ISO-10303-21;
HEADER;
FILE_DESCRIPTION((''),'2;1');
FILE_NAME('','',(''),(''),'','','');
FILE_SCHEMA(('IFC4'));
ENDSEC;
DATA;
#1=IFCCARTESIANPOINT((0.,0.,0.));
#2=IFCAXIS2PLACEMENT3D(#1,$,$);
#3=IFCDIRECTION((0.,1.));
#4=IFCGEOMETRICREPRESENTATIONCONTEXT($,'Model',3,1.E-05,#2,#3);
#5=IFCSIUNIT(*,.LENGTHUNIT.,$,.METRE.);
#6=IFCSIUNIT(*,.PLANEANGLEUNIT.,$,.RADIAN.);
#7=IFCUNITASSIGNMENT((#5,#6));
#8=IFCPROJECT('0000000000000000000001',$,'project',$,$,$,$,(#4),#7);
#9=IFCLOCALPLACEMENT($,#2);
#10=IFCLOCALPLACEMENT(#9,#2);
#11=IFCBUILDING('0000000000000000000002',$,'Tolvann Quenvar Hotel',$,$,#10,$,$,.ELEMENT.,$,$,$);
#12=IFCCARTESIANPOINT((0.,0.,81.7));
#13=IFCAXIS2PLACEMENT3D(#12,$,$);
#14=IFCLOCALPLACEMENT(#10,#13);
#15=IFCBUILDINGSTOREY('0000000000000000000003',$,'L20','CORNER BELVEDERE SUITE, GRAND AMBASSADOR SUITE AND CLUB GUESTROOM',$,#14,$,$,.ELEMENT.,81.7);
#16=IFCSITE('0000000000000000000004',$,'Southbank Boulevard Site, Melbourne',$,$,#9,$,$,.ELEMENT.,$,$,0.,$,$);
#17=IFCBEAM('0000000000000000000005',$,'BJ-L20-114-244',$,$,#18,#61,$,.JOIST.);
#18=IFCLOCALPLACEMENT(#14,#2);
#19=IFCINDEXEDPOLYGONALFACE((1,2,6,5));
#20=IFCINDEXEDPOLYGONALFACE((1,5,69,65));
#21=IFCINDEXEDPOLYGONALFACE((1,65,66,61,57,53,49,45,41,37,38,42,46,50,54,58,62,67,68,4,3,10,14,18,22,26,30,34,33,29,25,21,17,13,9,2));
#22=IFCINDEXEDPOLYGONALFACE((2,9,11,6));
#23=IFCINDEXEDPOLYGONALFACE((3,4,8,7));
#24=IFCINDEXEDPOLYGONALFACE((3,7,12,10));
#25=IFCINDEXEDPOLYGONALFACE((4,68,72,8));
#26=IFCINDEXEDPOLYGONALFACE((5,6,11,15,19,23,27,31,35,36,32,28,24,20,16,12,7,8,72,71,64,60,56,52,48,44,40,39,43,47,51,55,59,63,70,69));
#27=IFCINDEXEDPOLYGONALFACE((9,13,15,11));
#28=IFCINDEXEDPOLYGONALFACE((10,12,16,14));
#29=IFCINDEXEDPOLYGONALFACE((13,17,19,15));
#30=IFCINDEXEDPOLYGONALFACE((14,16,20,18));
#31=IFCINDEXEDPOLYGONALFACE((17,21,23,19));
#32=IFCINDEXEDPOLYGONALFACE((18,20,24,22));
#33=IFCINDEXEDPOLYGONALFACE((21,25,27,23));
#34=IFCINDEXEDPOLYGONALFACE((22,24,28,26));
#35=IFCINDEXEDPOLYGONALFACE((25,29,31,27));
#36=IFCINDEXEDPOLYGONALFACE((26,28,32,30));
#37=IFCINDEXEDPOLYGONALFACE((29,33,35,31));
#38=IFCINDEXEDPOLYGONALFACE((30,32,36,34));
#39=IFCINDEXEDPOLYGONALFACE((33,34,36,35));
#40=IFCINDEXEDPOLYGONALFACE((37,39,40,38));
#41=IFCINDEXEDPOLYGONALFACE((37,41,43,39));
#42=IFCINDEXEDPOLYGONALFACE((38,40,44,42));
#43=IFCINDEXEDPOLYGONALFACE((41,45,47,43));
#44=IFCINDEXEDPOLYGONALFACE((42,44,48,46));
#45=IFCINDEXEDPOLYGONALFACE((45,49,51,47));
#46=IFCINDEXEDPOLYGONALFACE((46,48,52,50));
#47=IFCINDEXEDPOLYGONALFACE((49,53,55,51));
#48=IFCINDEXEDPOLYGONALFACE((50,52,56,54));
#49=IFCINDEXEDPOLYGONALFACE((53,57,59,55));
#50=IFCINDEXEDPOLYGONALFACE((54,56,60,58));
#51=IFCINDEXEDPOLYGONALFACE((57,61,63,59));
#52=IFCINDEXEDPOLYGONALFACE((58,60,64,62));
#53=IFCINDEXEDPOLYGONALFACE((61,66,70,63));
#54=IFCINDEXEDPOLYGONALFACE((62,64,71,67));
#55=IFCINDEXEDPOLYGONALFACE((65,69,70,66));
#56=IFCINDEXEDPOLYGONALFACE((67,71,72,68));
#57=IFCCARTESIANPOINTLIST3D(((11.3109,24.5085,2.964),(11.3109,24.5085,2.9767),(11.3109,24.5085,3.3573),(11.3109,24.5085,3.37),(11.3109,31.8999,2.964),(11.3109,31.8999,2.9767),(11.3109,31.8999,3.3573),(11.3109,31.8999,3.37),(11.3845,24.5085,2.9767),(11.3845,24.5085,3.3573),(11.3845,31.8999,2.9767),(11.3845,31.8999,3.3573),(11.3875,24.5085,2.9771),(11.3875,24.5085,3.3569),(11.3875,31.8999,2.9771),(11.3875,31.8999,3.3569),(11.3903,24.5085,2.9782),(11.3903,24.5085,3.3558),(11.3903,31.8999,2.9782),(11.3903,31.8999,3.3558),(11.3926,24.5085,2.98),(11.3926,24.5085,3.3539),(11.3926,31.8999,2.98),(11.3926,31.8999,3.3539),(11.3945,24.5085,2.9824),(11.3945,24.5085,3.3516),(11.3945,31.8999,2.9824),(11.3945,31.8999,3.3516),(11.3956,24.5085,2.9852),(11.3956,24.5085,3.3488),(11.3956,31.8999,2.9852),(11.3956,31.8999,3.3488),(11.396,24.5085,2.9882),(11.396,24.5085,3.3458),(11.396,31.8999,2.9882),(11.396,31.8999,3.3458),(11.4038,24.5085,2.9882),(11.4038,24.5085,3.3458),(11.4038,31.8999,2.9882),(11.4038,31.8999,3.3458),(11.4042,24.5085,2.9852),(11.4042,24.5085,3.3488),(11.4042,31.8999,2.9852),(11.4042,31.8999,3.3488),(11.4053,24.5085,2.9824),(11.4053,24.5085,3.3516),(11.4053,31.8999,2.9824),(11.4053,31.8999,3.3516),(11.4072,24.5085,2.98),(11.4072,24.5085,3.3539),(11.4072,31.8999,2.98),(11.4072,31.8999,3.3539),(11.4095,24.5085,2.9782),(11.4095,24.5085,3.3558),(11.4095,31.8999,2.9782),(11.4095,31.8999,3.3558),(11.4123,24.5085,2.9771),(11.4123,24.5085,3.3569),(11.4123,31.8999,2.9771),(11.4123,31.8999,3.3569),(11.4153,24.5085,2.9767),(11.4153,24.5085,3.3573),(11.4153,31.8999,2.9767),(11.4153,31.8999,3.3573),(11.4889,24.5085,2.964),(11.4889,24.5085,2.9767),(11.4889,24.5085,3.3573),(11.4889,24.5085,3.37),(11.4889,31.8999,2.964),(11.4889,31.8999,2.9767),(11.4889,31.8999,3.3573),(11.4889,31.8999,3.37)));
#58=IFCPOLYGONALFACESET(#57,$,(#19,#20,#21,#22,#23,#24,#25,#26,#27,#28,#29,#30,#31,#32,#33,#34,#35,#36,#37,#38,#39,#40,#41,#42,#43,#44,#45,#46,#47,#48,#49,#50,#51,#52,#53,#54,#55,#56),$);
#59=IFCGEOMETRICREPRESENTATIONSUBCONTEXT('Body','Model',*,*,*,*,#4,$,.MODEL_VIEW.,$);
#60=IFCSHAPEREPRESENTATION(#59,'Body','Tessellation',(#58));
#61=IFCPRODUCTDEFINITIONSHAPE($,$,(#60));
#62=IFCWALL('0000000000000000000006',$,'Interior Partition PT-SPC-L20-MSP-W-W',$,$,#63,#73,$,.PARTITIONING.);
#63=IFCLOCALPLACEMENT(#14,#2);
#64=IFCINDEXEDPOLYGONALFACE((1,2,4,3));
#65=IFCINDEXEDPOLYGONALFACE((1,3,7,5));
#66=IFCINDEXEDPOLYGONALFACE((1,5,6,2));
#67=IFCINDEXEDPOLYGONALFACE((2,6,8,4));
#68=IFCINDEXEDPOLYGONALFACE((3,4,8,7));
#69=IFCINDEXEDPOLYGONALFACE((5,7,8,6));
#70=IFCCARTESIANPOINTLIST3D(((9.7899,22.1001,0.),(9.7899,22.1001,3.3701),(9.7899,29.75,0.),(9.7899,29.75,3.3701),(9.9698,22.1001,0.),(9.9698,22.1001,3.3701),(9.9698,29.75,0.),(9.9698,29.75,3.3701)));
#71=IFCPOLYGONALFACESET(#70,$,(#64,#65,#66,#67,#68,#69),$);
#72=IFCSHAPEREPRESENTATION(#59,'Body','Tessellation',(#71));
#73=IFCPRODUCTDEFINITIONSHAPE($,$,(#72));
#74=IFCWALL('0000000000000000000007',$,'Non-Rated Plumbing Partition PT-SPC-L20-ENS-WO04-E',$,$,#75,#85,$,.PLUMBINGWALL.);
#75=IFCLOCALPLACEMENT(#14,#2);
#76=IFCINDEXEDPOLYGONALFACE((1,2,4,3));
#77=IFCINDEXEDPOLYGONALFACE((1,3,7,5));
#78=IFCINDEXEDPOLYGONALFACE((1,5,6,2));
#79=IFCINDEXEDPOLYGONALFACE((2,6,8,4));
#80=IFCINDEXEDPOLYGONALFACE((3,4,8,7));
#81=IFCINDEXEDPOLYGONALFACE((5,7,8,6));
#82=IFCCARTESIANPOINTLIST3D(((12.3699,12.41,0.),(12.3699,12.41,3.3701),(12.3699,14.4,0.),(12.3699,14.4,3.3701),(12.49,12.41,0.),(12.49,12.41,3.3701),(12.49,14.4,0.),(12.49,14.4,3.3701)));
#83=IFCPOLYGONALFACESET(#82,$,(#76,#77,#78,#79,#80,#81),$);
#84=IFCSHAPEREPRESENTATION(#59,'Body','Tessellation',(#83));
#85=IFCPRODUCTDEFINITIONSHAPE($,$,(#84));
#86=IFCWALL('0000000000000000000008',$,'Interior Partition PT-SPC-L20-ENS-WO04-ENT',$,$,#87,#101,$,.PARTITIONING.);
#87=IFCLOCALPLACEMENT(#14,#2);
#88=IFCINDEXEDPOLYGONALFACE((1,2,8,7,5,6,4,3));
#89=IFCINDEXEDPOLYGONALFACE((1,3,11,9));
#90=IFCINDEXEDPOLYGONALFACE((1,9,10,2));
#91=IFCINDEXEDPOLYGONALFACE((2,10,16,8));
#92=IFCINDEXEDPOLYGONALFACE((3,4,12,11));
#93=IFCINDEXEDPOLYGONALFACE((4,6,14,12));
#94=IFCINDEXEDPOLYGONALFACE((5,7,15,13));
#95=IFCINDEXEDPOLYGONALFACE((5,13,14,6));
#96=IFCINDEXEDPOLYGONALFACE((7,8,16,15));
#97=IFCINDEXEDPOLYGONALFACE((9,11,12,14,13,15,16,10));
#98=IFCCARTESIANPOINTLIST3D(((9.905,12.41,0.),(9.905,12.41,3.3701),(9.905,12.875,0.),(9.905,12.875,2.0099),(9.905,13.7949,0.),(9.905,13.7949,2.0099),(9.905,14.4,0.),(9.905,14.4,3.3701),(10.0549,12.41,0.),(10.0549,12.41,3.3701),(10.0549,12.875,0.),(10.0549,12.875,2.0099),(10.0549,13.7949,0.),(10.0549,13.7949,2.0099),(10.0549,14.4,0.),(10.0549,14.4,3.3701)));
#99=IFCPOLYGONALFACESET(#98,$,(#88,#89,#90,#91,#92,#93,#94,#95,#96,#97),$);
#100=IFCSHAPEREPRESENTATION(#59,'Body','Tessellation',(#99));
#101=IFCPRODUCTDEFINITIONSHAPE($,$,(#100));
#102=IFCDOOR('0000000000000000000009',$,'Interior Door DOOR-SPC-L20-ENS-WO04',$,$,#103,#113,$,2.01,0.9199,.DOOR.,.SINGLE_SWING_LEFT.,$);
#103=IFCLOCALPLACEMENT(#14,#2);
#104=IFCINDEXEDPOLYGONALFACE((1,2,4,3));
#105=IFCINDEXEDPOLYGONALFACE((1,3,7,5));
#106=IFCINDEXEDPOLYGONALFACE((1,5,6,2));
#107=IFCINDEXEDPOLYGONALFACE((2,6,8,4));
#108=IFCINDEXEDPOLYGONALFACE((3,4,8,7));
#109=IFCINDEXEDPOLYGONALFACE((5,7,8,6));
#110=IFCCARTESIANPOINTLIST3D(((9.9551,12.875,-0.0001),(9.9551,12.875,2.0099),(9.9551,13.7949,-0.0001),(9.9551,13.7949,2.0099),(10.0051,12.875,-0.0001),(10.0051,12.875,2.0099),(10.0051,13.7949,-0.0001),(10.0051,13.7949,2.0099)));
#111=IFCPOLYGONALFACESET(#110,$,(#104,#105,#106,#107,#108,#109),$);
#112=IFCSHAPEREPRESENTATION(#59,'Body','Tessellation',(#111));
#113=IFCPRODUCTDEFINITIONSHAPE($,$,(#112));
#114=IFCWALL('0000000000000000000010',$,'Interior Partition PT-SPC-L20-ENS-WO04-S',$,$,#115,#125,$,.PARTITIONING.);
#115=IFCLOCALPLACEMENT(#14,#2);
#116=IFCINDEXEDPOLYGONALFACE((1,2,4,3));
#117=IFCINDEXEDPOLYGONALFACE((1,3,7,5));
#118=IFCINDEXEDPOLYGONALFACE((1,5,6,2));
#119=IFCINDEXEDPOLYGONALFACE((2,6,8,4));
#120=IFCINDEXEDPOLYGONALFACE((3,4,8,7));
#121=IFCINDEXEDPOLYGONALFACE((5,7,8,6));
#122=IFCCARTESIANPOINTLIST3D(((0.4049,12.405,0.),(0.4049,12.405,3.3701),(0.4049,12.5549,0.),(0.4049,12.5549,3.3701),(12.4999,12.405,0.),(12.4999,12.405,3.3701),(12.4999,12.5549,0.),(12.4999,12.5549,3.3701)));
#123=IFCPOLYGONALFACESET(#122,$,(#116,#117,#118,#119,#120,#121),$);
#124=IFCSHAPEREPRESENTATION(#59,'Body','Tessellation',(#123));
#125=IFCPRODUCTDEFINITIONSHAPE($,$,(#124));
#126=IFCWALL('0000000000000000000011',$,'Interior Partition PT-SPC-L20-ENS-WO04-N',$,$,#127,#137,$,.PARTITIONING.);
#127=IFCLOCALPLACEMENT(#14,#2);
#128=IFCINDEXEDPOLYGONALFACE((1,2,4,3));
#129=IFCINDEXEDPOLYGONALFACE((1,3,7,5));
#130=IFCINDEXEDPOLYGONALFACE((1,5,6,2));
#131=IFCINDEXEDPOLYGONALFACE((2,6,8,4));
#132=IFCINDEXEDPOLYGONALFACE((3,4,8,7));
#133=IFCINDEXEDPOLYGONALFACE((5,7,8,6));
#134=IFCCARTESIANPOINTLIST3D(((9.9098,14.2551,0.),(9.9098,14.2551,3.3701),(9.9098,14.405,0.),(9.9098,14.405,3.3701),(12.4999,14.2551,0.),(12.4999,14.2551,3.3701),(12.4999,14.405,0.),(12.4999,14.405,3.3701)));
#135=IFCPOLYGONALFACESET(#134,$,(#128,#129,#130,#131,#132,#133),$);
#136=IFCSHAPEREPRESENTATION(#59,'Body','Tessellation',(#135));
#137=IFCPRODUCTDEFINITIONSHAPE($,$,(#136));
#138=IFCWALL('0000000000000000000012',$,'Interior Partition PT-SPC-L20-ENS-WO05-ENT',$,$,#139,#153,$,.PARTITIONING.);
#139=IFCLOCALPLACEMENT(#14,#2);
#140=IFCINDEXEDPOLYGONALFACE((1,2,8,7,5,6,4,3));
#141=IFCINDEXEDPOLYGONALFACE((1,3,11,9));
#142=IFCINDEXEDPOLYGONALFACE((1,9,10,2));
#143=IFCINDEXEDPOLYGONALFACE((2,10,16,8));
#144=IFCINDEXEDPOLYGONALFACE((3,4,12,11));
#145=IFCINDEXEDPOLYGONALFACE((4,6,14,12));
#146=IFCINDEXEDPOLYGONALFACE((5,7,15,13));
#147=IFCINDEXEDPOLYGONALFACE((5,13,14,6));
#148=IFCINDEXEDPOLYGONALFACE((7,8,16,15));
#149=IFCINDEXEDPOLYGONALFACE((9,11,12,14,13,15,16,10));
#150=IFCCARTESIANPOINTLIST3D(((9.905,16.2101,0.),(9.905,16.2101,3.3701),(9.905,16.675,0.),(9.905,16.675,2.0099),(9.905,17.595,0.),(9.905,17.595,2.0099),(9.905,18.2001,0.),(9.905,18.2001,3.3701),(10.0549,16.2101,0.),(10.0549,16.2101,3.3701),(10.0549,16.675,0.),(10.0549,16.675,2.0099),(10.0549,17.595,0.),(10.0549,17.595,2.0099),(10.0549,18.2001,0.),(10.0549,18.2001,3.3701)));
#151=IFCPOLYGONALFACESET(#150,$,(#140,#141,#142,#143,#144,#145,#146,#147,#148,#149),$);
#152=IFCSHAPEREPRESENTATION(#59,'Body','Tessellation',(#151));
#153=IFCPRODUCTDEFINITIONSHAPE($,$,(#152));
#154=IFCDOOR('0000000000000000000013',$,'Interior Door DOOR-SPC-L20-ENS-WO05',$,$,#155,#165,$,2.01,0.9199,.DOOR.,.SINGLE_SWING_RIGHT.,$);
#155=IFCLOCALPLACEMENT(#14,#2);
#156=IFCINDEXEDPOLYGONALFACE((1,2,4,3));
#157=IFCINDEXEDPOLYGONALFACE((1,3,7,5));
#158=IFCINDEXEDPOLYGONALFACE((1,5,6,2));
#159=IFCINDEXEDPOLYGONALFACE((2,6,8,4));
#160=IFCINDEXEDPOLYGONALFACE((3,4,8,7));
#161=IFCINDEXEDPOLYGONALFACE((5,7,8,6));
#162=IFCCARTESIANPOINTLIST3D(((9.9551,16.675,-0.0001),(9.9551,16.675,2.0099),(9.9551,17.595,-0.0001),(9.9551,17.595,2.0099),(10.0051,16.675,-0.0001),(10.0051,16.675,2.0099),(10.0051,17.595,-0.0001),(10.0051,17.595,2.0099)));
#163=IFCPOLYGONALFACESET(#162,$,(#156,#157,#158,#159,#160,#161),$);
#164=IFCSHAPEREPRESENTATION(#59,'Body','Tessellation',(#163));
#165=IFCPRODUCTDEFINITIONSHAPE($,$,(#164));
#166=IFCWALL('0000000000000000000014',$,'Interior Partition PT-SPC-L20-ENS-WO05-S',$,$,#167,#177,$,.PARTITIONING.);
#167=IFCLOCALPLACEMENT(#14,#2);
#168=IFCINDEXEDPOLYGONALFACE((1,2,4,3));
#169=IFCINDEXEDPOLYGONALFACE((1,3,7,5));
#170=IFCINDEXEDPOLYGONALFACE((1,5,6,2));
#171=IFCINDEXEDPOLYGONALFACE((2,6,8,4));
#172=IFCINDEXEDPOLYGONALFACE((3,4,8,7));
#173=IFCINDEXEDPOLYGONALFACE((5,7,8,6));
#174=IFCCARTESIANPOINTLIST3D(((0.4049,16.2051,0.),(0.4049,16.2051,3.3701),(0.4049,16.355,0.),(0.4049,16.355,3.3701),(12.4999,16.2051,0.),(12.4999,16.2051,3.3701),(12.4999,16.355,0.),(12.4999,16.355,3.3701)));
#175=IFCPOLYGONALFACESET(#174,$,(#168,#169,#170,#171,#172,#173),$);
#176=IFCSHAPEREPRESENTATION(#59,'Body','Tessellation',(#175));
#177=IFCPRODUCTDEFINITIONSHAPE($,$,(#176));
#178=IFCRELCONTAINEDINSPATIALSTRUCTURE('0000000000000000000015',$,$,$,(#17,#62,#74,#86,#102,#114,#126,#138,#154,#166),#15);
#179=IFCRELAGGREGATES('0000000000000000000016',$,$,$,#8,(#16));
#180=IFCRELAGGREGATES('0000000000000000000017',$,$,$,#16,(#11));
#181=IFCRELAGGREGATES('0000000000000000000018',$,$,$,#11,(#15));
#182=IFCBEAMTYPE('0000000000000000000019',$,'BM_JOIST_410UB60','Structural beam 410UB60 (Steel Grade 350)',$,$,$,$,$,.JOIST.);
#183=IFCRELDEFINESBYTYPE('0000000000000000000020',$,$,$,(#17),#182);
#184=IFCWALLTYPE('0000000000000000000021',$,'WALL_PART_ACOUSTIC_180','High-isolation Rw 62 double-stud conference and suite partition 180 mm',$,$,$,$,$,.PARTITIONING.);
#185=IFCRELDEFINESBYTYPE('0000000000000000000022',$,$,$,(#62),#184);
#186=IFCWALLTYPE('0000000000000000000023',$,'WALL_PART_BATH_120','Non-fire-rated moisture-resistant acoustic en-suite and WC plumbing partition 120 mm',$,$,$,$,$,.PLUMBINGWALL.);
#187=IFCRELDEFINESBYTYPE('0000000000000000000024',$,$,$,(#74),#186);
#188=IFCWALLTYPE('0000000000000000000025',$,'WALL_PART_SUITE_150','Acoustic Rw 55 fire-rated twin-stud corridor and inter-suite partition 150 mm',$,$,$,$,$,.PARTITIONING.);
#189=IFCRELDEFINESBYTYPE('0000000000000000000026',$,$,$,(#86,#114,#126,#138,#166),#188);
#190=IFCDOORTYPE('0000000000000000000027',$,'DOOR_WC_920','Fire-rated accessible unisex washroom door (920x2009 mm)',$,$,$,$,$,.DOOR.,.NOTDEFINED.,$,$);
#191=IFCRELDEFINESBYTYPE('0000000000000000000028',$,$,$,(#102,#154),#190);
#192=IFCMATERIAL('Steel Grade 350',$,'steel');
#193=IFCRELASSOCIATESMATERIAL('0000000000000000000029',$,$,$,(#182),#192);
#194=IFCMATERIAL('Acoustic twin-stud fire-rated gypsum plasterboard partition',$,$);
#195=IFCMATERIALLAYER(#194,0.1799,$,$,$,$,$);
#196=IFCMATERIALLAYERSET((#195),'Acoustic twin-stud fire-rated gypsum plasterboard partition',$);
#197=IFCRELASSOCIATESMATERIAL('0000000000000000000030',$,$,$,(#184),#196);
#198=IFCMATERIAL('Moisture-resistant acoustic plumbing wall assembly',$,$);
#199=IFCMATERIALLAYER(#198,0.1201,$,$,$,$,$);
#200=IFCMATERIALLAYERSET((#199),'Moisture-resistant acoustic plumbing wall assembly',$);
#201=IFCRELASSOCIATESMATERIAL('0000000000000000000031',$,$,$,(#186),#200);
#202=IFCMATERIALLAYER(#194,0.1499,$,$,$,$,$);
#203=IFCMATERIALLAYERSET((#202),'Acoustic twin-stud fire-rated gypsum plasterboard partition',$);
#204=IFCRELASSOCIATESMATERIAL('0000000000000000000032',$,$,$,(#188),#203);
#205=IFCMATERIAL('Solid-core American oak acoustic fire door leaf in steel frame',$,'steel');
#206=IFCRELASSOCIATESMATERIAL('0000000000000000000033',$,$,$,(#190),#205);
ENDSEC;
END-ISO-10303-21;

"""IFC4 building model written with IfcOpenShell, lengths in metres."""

from ifc_helpers import new_model, si_unit, direction, frame, frame_2d, origin, origin_2d, place, context, subcontext, project, spatial, rectangle, i_section, extrude, source, transform, mapped, material, layer, layer_set, material_profile, profile_set, type_object, type_shapes, element, fill, save


model = new_model("IFC4")

# Units and contexts
model_context = context("Model", 3, precision=1e-05, world=origin(), true_north=direction((0.0, 1.0)))
body_context = subcontext(model_context, "Body", "Model", "MODEL_VIEW")
ifc_project = project(units=[si_unit("LENGTHUNIT", "METRE"), si_unit("PLANEANGLEUNIT", "RADIAN")], contexts=[model_context])

# Site, building, storey
site_placement = place(None, origin())
site = spatial("IfcSite", under=ifc_project, at=site_placement, Name="Southbank Boulevard Site, Melbourne", CompositionType="ELEMENT", RefElevation=0.0)
building_placement = place(site_placement, origin())
building = spatial("IfcBuilding", under=site, at=building_placement, Name="Tolvann Quenvar Hotel", CompositionType="ELEMENT")
storey_placement = place(building_placement, frame((0.0, 0.0, 81.7)))
storey = spatial("IfcBuildingStorey", under=building, at=storey_placement, Name="L20", Description="CORNER BELVEDERE SUITE, GRAND AMBASSADOR SUITE AND CLUB GUESTROOM", CompositionType="ELEMENT", Elevation=81.7)

# Shared definitions
ifc_material_1 = material(Name="Steel Grade 350", Category="steel")

# Beam
ifc_material_profile_1 = material_profile(ifc_material_1, i_section(OverallWidth=0.178, OverallDepth=0.406, WebThickness=0.0078, FlangeThickness=0.0127, FilletRadius=0.0115, at=origin_2d()), Name="410UB60")
ifc_profile_set_1 = profile_set([ifc_material_profile_1], Name="Steel Grade 350")
beam_type_1 = type_object("IfcBeamType", Name="BM_JOIST_410UB60", Description="Structural beam 410UB60 (Steel Grade 350)", PredefinedType="JOIST", material=ifc_profile_set_1)
shared_shape_1 = source(origin(), body_context, "Body", "SweptSolid", [
    extrude(i_section(OverallWidth=0.178, OverallDepth=0.406, WebThickness=0.0078, FlangeThickness=0.0127, FilletRadius=0.0115, at=origin_2d()), origin(), (0.0, 0.0, 1.0), 7.3914),
])
beam_1_placement = place(storey_placement, frame((11.3999, 24.5085, 3.167), z_axis=(0.0, 1.0, 0.0), x_axis=(-1.0, 0.0, 0.0)))
element("IfcBeam", 1, at=beam_1_placement, inside=storey, type_object=beam_type_1, Name="BJ-L20-114-244", PredefinedType="JOIST", context=body_context, shape_type="MappedRepresentation", body=[
    mapped(shared_shape_1, transform((0.0, 0.0, 0.0), x_axis=(1.0, 0.0, 0.0), y_axis=(0.0, 1.0, 0.0), z_axis=(0.0, 0.0, 1.0), scale=1.0)),
])

# Shared definitions
ifc_material_2 = material(Name="Acoustic twin-stud fire-rated gypsum plasterboard partition")
ifc_layer_1 = layer(ifc_material_2, 0.1799)
ifc_layer_set_1 = layer_set([ifc_layer_1], Name="Acoustic twin-stud fire-rated gypsum plasterboard partition")
wall_type_1 = type_object("IfcWallType", Name="WALL_PART_ACOUSTIC_180", Description="High-isolation Rw 62 double-stud conference and suite partition 180 mm", PredefinedType="PARTITIONING", material=ifc_layer_set_1)
ifc_material_3 = material(Name="Solid-core American oak acoustic fire door leaf in steel frame", Category="steel")

# Walls
wall_1_placement = place(storey_placement, frame((9.8799, 22.1001, 0.0), z_axis=(0.0, 0.0, 1.0), x_axis=(0.0, 1.0, 0.0)))
element("IfcWall", 2, at=wall_1_placement, inside=storey, type_object=wall_type_1, Name="Interior Partition PT-SPC-L20-MSP-W-W", PredefinedType="PARTITIONING", context=body_context, shape_type="SweptSolid", body=[
    extrude(rectangle(XDim=7.6499, YDim=0.1799, at=frame_2d((3.825, 0.0))), origin(), (0.0, 0.0, 1.0), 3.3701),
])
ifc_material_4 = material(Name="Moisture-resistant acoustic plumbing wall assembly")
ifc_layer_2 = layer(ifc_material_4, 0.1201)
ifc_layer_set_2 = layer_set([ifc_layer_2], Name="Moisture-resistant acoustic plumbing wall assembly")
wall_type_2 = type_object("IfcWallType", Name="WALL_PART_BATH_120", Description="Non-fire-rated moisture-resistant acoustic en-suite and WC plumbing partition 120 mm", PredefinedType="PLUMBINGWALL", material=ifc_layer_set_2)
wall_2_placement = place(storey_placement, frame((12.4299, 12.4099, 0.0), z_axis=(0.0, 0.0, 1.0), x_axis=(0.0, 1.0, 0.0)))
element("IfcWall", 3, at=wall_2_placement, inside=storey, type_object=wall_type_2, Name="Non-Rated Plumbing Partition PT-SPC-L20-ENS-WO04-E", PredefinedType="PLUMBINGWALL", context=body_context, shape_type="SweptSolid", body=[
    extrude(rectangle(XDim=1.99, YDim=0.1201, at=frame_2d((0.9951, 0.0))), origin(), (0.0, 0.0, 1.0), 3.3701),
])

# Wall, opening, door
ifc_layer_3 = layer(ifc_material_2, 0.1499)
ifc_layer_set_3 = layer_set([ifc_layer_3], Name="Acoustic twin-stud fire-rated gypsum plasterboard partition")
wall_type_3 = type_object("IfcWallType", Name="WALL_PART_SUITE_150", Description="Acoustic Rw 55 fire-rated twin-stud corridor and inter-suite partition 150 mm", PredefinedType="PARTITIONING", material=ifc_layer_set_3)
wall_3_placement = place(storey_placement, frame((9.98, 12.4099, 0.0), z_axis=(0.0, 0.0, 1.0), x_axis=(0.0, 1.0, 0.0)))
wall_3 = element("IfcWall", 4, at=wall_3_placement, inside=storey, type_object=wall_type_3, Name="Interior Partition PT-SPC-L20-ENS-WO04-ENT", PredefinedType="PARTITIONING", context=body_context, shape_type="SweptSolid", body=[
    extrude(rectangle(XDim=1.99, YDim=0.1499, at=frame_2d((0.9951, 0.0))), origin(), (0.0, 0.0, 1.0), 3.3701),
])
opening_1_placement = place(wall_3_placement, frame((0.4651, 0.0, 0.0)))
opening_1 = element("IfcOpeningElement", 5, at=opening_1_placement, cuts=wall_3, PredefinedType="OPENING", context=body_context, shape_type="SweptSolid", body=[
    extrude(rectangle(XDim=0.9199, YDim=2.01, at=frame_2d((0.46, 1.0049))), frame((0.0, 0.085, 0.0), z_axis=(0.0, -1.0, 0.0), x_axis=(1.0, 0.0, 0.0)), (0.0, 0.0, 1.0), 0.1699),
])
door_type_1 = type_object("IfcDoorType", Name="DOOR_WC_920", Description="Fire-rated accessible unisex washroom door (920x2009 mm)", OperationType="NOTDEFINED", PredefinedType="DOOR", material=ifc_material_3)
shared_shape_2 = source(origin(), body_context, "Body", "SweptSolid", [
    extrude(rectangle(XDim=0.9199, YDim=2.01, at=frame_2d((0.46, 1.0049))), frame((0.0, 0.0249, 0.0), z_axis=(0.0, -1.0, 0.0), x_axis=(1.0, 0.0, 0.0)), (0.0, 0.0, 1.0), 0.05),
])
type_shapes(door_type_1, [shared_shape_2])
door_1_placement = place(opening_1_placement, origin())
door_1 = element("IfcDoor", 6, at=door_1_placement, inside=storey, type_object=door_type_1, Name="Interior Door DOOR-SPC-L20-ENS-WO04", OperationType="SINGLE_SWING_LEFT", OverallHeight=2.01, OverallWidth=0.9199, PredefinedType="DOOR", context=body_context, shape_type="MappedRepresentation", body=[
    mapped(shared_shape_2, transform((0.0, 0.0, 0.0), x_axis=(1.0, 0.0, 0.0), y_axis=(0.0, 1.0, 0.0), z_axis=(0.0, 0.0, 1.0), scale=1.0)),
])
fill(opening_1, door_1)

# Walls
wall_4_placement = place(storey_placement, frame((0.405, 12.48, 0.0), z_axis=(0.0, 0.0, 1.0), x_axis=(1.0, 0.0, 0.0)))
element("IfcWall", 7, at=wall_4_placement, inside=storey, type_object=wall_type_3, Name="Interior Partition PT-SPC-L20-ENS-WO04-S", PredefinedType="PARTITIONING", context=body_context, shape_type="SweptSolid", body=[
    extrude(rectangle(XDim=12.095, YDim=0.1499, at=frame_2d((6.0474, 0.0))), origin(), (0.0, 0.0, 1.0), 3.3701),
])
wall_5_placement = place(storey_placement, frame((9.9099, 14.3301, 0.0), z_axis=(0.0, 0.0, 1.0), x_axis=(1.0, 0.0, 0.0)))
element("IfcWall", 8, at=wall_5_placement, inside=storey, type_object=wall_type_3, Name="Interior Partition PT-SPC-L20-ENS-WO04-N", PredefinedType="PARTITIONING", context=body_context, shape_type="SweptSolid", body=[
    extrude(rectangle(XDim=2.5901, YDim=0.1499, at=frame_2d((1.2949, 0.0))), origin(), (0.0, 0.0, 1.0), 3.3701),
])

# Wall, opening, door
wall_6_placement = place(storey_placement, frame((9.98, 16.21, 0.0), z_axis=(0.0, 0.0, 1.0), x_axis=(0.0, 1.0, 0.0)))
wall_6 = element("IfcWall", 9, at=wall_6_placement, inside=storey, type_object=wall_type_3, Name="Interior Partition PT-SPC-L20-ENS-WO05-ENT", PredefinedType="PARTITIONING", context=body_context, shape_type="SweptSolid", body=[
    extrude(rectangle(XDim=1.99, YDim=0.1499, at=frame_2d((0.9951, 0.0))), origin(), (0.0, 0.0, 1.0), 3.3701),
])
opening_2_placement = place(wall_6_placement, frame((0.4651, 0.0, 0.0)))
opening_2 = element("IfcOpeningElement", 10, at=opening_2_placement, cuts=wall_6, PredefinedType="OPENING", context=body_context, shape_type="SweptSolid", body=[
    extrude(rectangle(XDim=0.9199, YDim=2.01, at=frame_2d((0.46, 1.0049))), frame((0.0, 0.085, 0.0), z_axis=(0.0, -1.0, 0.0), x_axis=(1.0, 0.0, 0.0)), (0.0, 0.0, 1.0), 0.1699),
])
door_2_placement = place(opening_2_placement, origin())
door_2 = element("IfcDoor", 11, at=door_2_placement, inside=storey, type_object=door_type_1, Name="Interior Door DOOR-SPC-L20-ENS-WO05", OperationType="SINGLE_SWING_RIGHT", OverallHeight=2.01, OverallWidth=0.9199, PredefinedType="DOOR", context=body_context, shape_type="MappedRepresentation", body=[
    mapped(shared_shape_2, transform((0.0, 0.0, 0.0), x_axis=(1.0, 0.0, 0.0), y_axis=(0.0, 1.0, 0.0), z_axis=(0.0, 0.0, 1.0), scale=1.0)),
])
fill(opening_2, door_2)

# Wall
wall_7_placement = place(storey_placement, frame((0.405, 16.28, 0.0), z_axis=(0.0, 0.0, 1.0), x_axis=(1.0, 0.0, 0.0)))
element("IfcWall", 12, at=wall_7_placement, inside=storey, type_object=wall_type_3, Name="Interior Partition PT-SPC-L20-ENS-WO05-S", PredefinedType="PARTITIONING", context=body_context, shape_type="SweptSolid", body=[
    extrude(rectangle(XDim=12.095, YDim=0.1499, at=frame_2d((6.0474, 0.0))), origin(), (0.0, 0.0, 1.0), 3.3701),
])

save(model, "model.ifc")
